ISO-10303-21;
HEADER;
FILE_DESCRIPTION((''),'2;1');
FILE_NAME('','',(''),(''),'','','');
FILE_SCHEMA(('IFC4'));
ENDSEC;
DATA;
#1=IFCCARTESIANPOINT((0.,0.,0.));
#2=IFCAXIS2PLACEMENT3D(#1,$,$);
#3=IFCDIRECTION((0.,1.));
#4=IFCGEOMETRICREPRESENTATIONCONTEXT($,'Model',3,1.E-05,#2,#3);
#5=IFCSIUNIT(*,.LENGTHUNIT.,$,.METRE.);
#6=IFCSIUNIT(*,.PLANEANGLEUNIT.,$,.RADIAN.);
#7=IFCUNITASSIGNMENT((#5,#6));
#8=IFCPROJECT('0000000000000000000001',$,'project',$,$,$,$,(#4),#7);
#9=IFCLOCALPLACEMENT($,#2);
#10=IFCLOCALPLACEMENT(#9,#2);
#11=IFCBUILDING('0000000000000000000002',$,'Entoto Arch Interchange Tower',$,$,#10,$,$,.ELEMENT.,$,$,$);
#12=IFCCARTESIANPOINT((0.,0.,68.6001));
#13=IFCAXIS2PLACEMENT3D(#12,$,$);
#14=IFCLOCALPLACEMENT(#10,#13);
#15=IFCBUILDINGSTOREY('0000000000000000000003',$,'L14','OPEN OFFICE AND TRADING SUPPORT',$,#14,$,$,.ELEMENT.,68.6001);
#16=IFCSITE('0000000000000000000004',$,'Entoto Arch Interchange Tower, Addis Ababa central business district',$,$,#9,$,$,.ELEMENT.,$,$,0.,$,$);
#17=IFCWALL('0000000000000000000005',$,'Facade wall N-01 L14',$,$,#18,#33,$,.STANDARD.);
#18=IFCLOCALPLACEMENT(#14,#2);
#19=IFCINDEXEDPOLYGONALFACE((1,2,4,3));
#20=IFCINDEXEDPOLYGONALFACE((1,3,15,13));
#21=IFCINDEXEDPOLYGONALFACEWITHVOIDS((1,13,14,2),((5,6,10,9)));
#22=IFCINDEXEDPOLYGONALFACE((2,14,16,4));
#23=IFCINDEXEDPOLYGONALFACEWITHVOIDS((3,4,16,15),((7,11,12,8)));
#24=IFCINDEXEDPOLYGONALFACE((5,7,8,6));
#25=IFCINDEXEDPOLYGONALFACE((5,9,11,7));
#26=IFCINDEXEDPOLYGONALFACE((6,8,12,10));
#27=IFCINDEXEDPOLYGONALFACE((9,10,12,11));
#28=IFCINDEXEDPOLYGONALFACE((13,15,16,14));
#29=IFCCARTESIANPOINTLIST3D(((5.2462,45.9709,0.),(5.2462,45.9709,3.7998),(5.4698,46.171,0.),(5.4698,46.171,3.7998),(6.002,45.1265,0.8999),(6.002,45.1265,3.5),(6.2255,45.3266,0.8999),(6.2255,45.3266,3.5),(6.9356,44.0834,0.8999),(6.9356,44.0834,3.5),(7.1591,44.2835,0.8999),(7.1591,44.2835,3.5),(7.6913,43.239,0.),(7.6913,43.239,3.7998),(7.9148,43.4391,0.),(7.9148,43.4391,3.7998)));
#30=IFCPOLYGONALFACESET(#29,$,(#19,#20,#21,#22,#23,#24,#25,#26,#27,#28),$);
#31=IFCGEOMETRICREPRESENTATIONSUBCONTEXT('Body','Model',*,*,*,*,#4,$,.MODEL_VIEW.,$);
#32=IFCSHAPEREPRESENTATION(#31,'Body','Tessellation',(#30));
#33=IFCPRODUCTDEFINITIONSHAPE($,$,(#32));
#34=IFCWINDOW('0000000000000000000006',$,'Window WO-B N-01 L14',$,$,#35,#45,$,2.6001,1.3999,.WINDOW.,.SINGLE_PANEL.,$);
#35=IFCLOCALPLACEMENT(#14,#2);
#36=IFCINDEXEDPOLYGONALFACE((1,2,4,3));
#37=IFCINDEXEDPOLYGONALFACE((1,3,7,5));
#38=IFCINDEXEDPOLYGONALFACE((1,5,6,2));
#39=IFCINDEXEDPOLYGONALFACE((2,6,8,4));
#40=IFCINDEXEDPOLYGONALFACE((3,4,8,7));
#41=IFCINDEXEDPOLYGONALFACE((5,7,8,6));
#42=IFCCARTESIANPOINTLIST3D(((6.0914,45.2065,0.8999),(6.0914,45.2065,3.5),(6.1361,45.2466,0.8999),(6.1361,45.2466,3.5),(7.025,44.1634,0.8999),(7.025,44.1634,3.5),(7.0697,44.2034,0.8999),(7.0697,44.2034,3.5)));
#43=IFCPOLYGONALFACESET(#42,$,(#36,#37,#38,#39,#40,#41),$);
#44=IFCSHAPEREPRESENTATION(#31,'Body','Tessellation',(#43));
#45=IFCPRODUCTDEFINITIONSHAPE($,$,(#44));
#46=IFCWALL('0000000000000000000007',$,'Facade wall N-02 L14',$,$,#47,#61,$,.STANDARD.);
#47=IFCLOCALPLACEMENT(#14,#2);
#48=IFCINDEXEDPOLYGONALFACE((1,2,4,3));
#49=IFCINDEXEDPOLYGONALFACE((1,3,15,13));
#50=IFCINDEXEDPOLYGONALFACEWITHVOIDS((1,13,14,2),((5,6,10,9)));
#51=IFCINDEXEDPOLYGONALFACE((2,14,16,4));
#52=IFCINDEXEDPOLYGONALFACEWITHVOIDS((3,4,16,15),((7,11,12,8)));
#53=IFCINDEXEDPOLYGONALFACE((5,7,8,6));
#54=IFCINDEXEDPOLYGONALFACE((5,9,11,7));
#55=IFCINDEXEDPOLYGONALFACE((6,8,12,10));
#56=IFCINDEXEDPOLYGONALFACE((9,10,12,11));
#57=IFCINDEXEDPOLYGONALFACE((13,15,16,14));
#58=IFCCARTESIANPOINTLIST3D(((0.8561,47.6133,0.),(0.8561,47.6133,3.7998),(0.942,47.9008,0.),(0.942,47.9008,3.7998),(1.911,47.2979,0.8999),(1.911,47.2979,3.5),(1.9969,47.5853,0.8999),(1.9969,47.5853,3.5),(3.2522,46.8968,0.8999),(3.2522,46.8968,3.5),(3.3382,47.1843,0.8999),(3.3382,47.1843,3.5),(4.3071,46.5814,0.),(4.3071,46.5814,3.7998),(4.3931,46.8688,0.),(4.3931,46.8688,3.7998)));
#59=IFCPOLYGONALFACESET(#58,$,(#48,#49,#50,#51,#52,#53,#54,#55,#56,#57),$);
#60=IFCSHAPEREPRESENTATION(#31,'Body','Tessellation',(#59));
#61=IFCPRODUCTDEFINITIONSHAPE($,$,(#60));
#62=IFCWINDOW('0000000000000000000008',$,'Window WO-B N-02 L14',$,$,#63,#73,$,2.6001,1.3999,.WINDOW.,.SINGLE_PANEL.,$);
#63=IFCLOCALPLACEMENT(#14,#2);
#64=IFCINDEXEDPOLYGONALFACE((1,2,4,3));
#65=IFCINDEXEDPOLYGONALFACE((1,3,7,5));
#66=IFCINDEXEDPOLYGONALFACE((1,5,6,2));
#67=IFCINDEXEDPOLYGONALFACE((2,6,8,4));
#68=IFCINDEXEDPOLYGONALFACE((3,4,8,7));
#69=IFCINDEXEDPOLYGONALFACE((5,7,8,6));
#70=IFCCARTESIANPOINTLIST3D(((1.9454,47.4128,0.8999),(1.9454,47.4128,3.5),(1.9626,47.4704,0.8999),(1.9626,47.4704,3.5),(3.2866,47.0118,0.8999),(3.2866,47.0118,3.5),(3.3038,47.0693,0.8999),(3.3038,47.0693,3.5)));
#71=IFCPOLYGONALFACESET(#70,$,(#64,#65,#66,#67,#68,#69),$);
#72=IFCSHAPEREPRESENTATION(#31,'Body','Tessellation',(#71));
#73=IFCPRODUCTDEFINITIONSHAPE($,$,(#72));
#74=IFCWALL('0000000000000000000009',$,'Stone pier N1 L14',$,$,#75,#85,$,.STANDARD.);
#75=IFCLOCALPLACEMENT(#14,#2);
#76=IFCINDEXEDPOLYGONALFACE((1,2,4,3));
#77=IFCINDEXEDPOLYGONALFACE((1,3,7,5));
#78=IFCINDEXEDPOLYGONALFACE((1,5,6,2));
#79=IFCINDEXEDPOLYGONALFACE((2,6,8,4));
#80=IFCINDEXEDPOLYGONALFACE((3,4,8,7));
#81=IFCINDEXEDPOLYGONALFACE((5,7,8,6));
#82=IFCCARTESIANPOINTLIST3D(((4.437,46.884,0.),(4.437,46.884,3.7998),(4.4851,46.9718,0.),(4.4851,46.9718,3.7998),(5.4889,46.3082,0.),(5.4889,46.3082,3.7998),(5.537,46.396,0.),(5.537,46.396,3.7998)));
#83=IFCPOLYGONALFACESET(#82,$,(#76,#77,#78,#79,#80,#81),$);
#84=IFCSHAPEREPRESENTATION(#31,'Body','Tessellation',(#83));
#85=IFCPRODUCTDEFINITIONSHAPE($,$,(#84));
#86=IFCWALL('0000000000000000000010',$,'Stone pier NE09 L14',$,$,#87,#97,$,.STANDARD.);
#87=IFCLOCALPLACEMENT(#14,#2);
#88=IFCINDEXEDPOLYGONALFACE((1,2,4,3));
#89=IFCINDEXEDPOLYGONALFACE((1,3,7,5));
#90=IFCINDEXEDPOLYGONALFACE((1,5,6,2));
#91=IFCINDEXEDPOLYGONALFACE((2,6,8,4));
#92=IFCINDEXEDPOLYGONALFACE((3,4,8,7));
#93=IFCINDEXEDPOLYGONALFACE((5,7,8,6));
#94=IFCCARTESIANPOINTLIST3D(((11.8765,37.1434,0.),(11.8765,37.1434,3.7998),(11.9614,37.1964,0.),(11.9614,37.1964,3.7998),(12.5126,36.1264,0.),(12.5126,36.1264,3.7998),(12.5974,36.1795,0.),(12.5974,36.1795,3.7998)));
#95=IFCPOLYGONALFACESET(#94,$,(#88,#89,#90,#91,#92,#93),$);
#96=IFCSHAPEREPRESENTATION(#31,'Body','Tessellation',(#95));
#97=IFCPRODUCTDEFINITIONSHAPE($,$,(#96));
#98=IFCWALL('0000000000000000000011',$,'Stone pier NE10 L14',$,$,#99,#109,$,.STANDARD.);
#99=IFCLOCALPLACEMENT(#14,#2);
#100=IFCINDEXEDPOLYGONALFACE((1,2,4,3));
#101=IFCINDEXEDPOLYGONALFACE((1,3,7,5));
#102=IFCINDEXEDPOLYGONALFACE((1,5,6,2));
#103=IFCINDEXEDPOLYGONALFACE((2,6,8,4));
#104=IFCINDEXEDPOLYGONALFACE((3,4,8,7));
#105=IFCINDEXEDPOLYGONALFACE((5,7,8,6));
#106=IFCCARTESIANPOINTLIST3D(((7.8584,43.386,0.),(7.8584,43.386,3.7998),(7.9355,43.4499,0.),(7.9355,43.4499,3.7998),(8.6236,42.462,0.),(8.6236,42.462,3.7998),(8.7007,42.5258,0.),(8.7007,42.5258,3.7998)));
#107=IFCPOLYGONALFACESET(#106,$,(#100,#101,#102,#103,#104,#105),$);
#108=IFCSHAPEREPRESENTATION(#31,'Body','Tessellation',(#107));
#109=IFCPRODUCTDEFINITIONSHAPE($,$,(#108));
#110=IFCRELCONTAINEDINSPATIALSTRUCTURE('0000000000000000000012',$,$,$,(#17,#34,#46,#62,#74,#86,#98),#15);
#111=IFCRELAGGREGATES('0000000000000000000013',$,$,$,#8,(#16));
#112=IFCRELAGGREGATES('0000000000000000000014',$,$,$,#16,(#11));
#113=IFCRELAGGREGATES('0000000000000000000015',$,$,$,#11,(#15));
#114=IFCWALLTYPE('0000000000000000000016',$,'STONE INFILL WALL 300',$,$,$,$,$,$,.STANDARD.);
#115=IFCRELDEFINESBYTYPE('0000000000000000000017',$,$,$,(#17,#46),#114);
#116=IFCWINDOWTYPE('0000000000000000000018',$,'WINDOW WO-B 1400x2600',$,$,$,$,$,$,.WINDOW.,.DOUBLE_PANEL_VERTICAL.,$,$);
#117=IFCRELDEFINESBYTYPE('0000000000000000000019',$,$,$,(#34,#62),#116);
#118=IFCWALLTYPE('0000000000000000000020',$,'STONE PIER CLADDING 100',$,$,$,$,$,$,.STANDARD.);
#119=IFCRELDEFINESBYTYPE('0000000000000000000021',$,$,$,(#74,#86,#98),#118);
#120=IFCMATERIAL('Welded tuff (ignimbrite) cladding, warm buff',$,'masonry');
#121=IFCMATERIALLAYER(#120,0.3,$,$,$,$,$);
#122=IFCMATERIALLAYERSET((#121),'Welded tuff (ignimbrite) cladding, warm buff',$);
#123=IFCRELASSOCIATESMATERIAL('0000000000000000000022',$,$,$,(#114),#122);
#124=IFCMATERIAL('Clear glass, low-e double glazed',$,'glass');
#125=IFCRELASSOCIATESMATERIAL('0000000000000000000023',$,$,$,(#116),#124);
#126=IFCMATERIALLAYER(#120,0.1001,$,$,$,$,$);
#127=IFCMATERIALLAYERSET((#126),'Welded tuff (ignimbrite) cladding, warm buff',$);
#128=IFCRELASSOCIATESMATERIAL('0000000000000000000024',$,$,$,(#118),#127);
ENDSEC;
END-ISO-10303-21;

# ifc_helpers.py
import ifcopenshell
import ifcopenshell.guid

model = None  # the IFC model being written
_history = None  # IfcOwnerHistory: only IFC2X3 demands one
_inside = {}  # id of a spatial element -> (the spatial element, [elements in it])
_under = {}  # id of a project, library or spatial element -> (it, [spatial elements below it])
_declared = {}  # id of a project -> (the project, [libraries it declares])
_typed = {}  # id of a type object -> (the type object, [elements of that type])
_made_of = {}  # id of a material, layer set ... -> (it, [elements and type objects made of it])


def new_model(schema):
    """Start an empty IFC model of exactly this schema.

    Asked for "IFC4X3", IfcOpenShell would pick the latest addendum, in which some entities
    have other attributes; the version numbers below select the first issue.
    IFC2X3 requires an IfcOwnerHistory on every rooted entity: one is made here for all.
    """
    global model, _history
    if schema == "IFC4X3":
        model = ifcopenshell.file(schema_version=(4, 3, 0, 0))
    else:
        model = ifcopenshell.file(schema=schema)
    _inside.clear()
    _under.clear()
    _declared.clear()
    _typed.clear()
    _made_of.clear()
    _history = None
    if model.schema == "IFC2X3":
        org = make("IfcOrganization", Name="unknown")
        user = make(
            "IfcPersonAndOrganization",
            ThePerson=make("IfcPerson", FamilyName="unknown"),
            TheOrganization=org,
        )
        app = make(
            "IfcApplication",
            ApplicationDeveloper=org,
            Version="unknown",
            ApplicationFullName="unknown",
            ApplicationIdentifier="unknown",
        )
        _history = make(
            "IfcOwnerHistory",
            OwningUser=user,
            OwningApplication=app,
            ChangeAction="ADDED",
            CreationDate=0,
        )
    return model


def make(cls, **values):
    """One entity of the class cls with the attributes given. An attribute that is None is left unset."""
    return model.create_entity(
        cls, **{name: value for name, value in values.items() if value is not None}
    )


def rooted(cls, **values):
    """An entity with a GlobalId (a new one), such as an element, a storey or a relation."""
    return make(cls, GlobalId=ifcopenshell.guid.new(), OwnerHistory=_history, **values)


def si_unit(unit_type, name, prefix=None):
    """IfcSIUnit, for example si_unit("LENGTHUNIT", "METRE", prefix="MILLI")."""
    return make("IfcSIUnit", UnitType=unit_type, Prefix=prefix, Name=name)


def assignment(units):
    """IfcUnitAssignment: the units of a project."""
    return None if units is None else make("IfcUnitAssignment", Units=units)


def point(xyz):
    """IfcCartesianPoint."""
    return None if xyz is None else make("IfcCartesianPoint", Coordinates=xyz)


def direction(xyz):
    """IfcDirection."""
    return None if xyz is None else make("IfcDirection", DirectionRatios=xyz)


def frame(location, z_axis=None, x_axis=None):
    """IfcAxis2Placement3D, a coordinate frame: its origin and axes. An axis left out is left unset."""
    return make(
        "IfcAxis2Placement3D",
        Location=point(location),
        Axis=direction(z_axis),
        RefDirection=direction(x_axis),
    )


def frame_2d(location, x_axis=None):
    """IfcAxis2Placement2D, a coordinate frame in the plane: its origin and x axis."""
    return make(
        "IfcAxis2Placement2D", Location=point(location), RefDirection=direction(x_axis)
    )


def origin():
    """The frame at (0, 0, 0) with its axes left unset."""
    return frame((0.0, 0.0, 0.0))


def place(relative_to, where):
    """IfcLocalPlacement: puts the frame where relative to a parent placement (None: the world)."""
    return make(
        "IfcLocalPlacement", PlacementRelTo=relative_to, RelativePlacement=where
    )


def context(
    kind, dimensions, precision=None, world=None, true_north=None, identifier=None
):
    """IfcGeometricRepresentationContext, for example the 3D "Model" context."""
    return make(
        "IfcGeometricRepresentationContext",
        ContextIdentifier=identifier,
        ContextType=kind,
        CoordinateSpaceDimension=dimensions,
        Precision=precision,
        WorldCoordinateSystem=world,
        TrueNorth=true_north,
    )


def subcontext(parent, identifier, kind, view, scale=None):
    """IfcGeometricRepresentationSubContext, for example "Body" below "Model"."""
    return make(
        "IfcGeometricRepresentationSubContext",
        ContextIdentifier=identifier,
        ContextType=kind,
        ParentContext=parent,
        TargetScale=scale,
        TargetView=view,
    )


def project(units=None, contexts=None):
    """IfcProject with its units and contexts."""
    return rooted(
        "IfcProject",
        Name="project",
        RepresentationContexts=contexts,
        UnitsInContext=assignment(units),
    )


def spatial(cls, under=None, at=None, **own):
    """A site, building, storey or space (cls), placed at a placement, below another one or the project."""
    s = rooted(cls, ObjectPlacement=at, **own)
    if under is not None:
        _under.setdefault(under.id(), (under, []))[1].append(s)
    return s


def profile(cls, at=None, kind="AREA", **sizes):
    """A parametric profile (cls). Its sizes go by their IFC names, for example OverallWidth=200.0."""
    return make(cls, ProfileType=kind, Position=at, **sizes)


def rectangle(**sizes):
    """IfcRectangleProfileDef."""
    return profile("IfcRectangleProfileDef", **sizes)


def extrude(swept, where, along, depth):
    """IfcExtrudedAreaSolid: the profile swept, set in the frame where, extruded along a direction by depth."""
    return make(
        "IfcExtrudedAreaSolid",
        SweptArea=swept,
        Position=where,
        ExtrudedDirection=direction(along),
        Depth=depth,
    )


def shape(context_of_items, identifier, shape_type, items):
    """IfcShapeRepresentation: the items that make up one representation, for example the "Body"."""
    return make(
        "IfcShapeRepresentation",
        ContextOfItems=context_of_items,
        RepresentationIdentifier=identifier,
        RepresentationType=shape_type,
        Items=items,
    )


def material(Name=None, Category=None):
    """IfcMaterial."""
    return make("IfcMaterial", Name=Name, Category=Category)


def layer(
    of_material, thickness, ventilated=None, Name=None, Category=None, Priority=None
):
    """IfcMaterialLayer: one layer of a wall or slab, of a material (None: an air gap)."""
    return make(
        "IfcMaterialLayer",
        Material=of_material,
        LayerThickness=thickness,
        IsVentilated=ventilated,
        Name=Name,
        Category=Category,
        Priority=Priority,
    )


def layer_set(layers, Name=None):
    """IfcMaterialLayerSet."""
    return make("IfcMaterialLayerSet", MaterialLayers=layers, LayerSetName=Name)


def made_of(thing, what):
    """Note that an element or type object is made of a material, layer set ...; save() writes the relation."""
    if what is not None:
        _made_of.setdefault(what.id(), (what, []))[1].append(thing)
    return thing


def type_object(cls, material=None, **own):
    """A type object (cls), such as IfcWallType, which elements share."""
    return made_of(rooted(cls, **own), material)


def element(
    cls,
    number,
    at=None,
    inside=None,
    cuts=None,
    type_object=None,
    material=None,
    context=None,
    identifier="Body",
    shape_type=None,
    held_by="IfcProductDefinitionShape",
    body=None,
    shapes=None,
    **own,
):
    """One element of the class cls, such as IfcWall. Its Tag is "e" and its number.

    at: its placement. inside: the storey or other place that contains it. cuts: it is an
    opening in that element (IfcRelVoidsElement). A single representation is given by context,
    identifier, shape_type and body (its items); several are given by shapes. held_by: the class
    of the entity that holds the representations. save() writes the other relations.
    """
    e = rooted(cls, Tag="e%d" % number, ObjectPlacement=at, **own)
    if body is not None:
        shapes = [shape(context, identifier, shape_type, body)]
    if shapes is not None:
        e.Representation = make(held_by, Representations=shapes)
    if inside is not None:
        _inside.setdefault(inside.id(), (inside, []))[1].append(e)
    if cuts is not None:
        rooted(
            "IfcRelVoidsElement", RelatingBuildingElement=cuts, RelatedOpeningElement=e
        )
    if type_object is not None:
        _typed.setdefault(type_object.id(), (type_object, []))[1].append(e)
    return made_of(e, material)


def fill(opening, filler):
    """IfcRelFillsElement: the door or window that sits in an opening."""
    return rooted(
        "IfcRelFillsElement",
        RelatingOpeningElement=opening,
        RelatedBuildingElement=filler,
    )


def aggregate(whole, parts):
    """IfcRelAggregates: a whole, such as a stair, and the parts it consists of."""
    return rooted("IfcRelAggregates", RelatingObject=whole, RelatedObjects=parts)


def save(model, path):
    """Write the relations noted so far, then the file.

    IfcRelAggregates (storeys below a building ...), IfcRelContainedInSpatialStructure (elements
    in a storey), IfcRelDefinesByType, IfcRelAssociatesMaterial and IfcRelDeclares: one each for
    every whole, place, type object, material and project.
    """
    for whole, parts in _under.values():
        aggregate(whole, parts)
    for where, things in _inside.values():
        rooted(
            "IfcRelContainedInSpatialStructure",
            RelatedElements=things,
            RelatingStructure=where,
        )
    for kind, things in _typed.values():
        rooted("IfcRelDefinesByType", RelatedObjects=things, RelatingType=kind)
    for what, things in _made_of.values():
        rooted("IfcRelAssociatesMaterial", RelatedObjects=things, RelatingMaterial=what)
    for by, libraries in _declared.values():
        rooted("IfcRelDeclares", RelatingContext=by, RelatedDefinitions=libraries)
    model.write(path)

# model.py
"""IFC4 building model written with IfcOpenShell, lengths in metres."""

from ifc_helpers import new_model, si_unit, direction, frame, frame_2d, origin, place, context, subcontext, project, spatial, rectangle, extrude, material, layer, layer_set, type_object, element, fill, save


model = new_model("IFC4")

# Units and contexts
model_context = context("Model", 3, precision=1e-05, world=origin(), true_north=direction((0.0, 1.0)))
body_context = subcontext(model_context, "Body", "Model", "MODEL_VIEW")
ifc_project = project(units=[si_unit("LENGTHUNIT", "METRE"), si_unit("PLANEANGLEUNIT", "RADIAN")], contexts=[model_context])

# Site, building, storey
site_placement = place(None, origin())
site = spatial("IfcSite", under=ifc_project, at=site_placement, Name="Entoto Arch Interchange Tower, Addis Ababa central business district", CompositionType="ELEMENT", RefElevation=0.0)
building_placement = place(site_placement, origin())
building = spatial("IfcBuilding", under=site, at=building_placement, Name="Entoto Arch Interchange Tower", CompositionType="ELEMENT")
storey_placement = place(building_placement, frame((0.0, 0.0, 68.6001)))
storey = spatial("IfcBuildingStorey", under=building, at=storey_placement, Name="L14", Description="OPEN OFFICE AND TRADING SUPPORT", CompositionType="ELEMENT", Elevation=68.6001)

# Shared definitions
ifc_material_1 = material(Name="Welded tuff (ignimbrite) cladding, warm buff", Category="masonry")
ifc_layer_1 = layer(ifc_material_1, 0.3)
ifc_layer_set_1 = layer_set([ifc_layer_1], Name="Welded tuff (ignimbrite) cladding, warm buff")
wall_type_1 = type_object("IfcWallType", Name="STONE INFILL WALL 300", PredefinedType="STANDARD", material=ifc_layer_set_1)
ifc_material_2 = material(Name="Clear glass, low-e double glazed", Category="glass")

# Walls, openings, windows
wall_1_placement = place(storey_placement, frame((7.803, 43.3391, 0.0), z_axis=(0.0, 0.0, 1.0), x_axis=(-0.666902, 0.745146, 0.0)))
wall_1 = element("IfcWall", 1, at=wall_1_placement, inside=storey, type_object=wall_type_1, Name="Facade wall N-01 L14", PredefinedType="STANDARD", context=body_context, shape_type="SweptSolid", body=[
    extrude(rectangle(XDim=3.6663, YDim=0.3, at=frame_2d((1.833, 0.0))), origin(), (0.0, 0.0, 1.0), 3.7998),
])
opening_1_placement = place(wall_1_placement, frame((1.1331, 0.0, 0.8999)))
opening_1 = element("IfcOpeningElement", 2, at=opening_1_placement, cuts=wall_1, PredefinedType="OPENING", context=body_context, shape_type="SweptSolid", body=[
    extrude(rectangle(XDim=1.3999, YDim=2.6001, at=frame_2d((0.7, 1.3))), frame((0.0, 0.1602, 0.0), z_axis=(0.0, -1.0, 0.0), x_axis=(1.0, 0.0, 0.0)), (0.0, 0.0, 1.0), 0.3201),
])
window_type_1 = type_object("IfcWindowType", Name="WINDOW WO-B 1400x2600", PartitioningType="DOUBLE_PANEL_VERTICAL", PredefinedType="WINDOW", material=ifc_material_2)
window_1_placement = place(opening_1_placement, origin())
window_1 = element("IfcWindow", 3, at=window_1_placement, inside=storey, type_object=window_type_1, Name="Window WO-B N-01 L14", OverallHeight=2.6001, OverallWidth=1.3999, PartitioningType="SINGLE_PANEL", PredefinedType="WINDOW", context=body_context, shape_type="SweptSolid", body=[
    extrude(rectangle(XDim=1.3999, YDim=2.6001, at=frame_2d((0.7, 1.3))), frame((0.0, 0.03, 0.0), z_axis=(0.0, -1.0, 0.0), x_axis=(1.0, 0.0, 0.0)), (0.0, 0.0, 1.0), 0.0601),
])
fill(opening_1, window_1)
wall_2_placement = place(storey_placement, frame((4.3501, 46.7251, 0.0), z_axis=(0.0, 0.0, 1.0), x_axis=(-0.958083, 0.28649, 0.0)))
wall_2 = element("IfcWall", 4, at=wall_2_placement, inside=storey, type_object=wall_type_1, Name="Facade wall N-02 L14", PredefinedType="STANDARD", context=body_context, shape_type="SweptSolid", body=[
    extrude(rectangle(XDim=3.6021, YDim=0.3, at=frame_2d((1.801, 0.0))), origin(), (0.0, 0.0, 1.0), 3.7998),
])
opening_2_placement = place(wall_2_placement, frame((1.1011, 0.0, 0.8999)))
opening_2 = element("IfcOpeningElement", 5, at=opening_2_placement, cuts=wall_2, PredefinedType="OPENING", context=body_context, shape_type="SweptSolid", body=[
    extrude(rectangle(XDim=1.3999, YDim=2.6001, at=frame_2d((0.7, 1.3))), frame((0.0, 0.1602, 0.0), z_axis=(0.0, -1.0, 0.0), x_axis=(1.0, 0.0, 0.0)), (0.0, 0.0, 1.0), 0.3201),
])
window_2_placement = place(opening_2_placement, origin())
window_2 = element("IfcWindow", 6, at=window_2_placement, inside=storey, type_object=window_type_1, Name="Window WO-B N-02 L14", OverallHeight=2.6001, OverallWidth=1.3999, PartitioningType="SINGLE_PANEL", PredefinedType="WINDOW", context=body_context, shape_type="SweptSolid", body=[
    extrude(rectangle(XDim=1.3999, YDim=2.6001, at=frame_2d((0.7, 1.3))), frame((0.0, 0.03, 0.0), z_axis=(0.0, -1.0, 0.0), x_axis=(1.0, 0.0, 0.0)), (0.0, 0.0, 1.0), 0.0601),
])
fill(opening_2, window_2)

# Walls
ifc_layer_2 = layer(ifc_material_1, 0.1001)
ifc_layer_set_2 = layer_set([ifc_layer_2], Name="Welded tuff (ignimbrite) cladding, warm buff")
wall_type_2 = type_object("IfcWallType", Name="STONE PIER CLADDING 100", PredefinedType="STANDARD", material=ifc_layer_set_2)
wall_3_placement = place(storey_placement, frame((5.5129, 46.3521, 0.0), z_axis=(0.0, 0.0, 1.0), x_axis=(-0.877155, 0.480206, 0.0)))
element("IfcWall", 7, at=wall_3_placement, inside=storey, type_object=wall_type_2, Name="Stone pier N1 L14", PredefinedType="STANDARD", context=body_context, shape_type="SweptSolid", body=[
    extrude(rectangle(XDim=1.1992, YDim=0.1001, at=frame_2d((0.5996, 0.0))), origin(), (0.0, 0.0, 1.0), 3.7998),
])
wall_4_placement = place(storey_placement, frame((12.5549, 36.1531, 0.0), z_axis=(0.0, 0.0, 1.0), x_axis=(-0.530273, 0.847827, 0.0)))
element("IfcWall", 8, at=wall_4_placement, inside=storey, type_object=wall_type_2, Name="Stone pier NE09 L14", PredefinedType="STANDARD", context=body_context, shape_type="SweptSolid", body=[
    extrude(rectangle(XDim=1.1995, YDim=0.1001, at=frame_2d((0.5996, 0.0))), origin(), (0.0, 0.0, 1.0), 3.7998),
])
wall_5_placement = place(storey_placement, frame((8.6621, 42.4939, 0.0), z_axis=(0.0, 0.0, 1.0), x_axis=(-0.637759, 0.770236, 0.0)))
element("IfcWall", 9, at=wall_5_placement, inside=storey, type_object=wall_type_2, Name="Stone pier NE10 L14", PredefinedType="STANDARD", context=body_context, shape_type="SweptSolid", body=[
    extrude(rectangle(XDim=1.1997, YDim=0.1001, at=frame_2d((0.5999, 0.0))), origin(), (0.0, 0.0, 1.0), 3.7998),
])

save(model, "model.ifc")
